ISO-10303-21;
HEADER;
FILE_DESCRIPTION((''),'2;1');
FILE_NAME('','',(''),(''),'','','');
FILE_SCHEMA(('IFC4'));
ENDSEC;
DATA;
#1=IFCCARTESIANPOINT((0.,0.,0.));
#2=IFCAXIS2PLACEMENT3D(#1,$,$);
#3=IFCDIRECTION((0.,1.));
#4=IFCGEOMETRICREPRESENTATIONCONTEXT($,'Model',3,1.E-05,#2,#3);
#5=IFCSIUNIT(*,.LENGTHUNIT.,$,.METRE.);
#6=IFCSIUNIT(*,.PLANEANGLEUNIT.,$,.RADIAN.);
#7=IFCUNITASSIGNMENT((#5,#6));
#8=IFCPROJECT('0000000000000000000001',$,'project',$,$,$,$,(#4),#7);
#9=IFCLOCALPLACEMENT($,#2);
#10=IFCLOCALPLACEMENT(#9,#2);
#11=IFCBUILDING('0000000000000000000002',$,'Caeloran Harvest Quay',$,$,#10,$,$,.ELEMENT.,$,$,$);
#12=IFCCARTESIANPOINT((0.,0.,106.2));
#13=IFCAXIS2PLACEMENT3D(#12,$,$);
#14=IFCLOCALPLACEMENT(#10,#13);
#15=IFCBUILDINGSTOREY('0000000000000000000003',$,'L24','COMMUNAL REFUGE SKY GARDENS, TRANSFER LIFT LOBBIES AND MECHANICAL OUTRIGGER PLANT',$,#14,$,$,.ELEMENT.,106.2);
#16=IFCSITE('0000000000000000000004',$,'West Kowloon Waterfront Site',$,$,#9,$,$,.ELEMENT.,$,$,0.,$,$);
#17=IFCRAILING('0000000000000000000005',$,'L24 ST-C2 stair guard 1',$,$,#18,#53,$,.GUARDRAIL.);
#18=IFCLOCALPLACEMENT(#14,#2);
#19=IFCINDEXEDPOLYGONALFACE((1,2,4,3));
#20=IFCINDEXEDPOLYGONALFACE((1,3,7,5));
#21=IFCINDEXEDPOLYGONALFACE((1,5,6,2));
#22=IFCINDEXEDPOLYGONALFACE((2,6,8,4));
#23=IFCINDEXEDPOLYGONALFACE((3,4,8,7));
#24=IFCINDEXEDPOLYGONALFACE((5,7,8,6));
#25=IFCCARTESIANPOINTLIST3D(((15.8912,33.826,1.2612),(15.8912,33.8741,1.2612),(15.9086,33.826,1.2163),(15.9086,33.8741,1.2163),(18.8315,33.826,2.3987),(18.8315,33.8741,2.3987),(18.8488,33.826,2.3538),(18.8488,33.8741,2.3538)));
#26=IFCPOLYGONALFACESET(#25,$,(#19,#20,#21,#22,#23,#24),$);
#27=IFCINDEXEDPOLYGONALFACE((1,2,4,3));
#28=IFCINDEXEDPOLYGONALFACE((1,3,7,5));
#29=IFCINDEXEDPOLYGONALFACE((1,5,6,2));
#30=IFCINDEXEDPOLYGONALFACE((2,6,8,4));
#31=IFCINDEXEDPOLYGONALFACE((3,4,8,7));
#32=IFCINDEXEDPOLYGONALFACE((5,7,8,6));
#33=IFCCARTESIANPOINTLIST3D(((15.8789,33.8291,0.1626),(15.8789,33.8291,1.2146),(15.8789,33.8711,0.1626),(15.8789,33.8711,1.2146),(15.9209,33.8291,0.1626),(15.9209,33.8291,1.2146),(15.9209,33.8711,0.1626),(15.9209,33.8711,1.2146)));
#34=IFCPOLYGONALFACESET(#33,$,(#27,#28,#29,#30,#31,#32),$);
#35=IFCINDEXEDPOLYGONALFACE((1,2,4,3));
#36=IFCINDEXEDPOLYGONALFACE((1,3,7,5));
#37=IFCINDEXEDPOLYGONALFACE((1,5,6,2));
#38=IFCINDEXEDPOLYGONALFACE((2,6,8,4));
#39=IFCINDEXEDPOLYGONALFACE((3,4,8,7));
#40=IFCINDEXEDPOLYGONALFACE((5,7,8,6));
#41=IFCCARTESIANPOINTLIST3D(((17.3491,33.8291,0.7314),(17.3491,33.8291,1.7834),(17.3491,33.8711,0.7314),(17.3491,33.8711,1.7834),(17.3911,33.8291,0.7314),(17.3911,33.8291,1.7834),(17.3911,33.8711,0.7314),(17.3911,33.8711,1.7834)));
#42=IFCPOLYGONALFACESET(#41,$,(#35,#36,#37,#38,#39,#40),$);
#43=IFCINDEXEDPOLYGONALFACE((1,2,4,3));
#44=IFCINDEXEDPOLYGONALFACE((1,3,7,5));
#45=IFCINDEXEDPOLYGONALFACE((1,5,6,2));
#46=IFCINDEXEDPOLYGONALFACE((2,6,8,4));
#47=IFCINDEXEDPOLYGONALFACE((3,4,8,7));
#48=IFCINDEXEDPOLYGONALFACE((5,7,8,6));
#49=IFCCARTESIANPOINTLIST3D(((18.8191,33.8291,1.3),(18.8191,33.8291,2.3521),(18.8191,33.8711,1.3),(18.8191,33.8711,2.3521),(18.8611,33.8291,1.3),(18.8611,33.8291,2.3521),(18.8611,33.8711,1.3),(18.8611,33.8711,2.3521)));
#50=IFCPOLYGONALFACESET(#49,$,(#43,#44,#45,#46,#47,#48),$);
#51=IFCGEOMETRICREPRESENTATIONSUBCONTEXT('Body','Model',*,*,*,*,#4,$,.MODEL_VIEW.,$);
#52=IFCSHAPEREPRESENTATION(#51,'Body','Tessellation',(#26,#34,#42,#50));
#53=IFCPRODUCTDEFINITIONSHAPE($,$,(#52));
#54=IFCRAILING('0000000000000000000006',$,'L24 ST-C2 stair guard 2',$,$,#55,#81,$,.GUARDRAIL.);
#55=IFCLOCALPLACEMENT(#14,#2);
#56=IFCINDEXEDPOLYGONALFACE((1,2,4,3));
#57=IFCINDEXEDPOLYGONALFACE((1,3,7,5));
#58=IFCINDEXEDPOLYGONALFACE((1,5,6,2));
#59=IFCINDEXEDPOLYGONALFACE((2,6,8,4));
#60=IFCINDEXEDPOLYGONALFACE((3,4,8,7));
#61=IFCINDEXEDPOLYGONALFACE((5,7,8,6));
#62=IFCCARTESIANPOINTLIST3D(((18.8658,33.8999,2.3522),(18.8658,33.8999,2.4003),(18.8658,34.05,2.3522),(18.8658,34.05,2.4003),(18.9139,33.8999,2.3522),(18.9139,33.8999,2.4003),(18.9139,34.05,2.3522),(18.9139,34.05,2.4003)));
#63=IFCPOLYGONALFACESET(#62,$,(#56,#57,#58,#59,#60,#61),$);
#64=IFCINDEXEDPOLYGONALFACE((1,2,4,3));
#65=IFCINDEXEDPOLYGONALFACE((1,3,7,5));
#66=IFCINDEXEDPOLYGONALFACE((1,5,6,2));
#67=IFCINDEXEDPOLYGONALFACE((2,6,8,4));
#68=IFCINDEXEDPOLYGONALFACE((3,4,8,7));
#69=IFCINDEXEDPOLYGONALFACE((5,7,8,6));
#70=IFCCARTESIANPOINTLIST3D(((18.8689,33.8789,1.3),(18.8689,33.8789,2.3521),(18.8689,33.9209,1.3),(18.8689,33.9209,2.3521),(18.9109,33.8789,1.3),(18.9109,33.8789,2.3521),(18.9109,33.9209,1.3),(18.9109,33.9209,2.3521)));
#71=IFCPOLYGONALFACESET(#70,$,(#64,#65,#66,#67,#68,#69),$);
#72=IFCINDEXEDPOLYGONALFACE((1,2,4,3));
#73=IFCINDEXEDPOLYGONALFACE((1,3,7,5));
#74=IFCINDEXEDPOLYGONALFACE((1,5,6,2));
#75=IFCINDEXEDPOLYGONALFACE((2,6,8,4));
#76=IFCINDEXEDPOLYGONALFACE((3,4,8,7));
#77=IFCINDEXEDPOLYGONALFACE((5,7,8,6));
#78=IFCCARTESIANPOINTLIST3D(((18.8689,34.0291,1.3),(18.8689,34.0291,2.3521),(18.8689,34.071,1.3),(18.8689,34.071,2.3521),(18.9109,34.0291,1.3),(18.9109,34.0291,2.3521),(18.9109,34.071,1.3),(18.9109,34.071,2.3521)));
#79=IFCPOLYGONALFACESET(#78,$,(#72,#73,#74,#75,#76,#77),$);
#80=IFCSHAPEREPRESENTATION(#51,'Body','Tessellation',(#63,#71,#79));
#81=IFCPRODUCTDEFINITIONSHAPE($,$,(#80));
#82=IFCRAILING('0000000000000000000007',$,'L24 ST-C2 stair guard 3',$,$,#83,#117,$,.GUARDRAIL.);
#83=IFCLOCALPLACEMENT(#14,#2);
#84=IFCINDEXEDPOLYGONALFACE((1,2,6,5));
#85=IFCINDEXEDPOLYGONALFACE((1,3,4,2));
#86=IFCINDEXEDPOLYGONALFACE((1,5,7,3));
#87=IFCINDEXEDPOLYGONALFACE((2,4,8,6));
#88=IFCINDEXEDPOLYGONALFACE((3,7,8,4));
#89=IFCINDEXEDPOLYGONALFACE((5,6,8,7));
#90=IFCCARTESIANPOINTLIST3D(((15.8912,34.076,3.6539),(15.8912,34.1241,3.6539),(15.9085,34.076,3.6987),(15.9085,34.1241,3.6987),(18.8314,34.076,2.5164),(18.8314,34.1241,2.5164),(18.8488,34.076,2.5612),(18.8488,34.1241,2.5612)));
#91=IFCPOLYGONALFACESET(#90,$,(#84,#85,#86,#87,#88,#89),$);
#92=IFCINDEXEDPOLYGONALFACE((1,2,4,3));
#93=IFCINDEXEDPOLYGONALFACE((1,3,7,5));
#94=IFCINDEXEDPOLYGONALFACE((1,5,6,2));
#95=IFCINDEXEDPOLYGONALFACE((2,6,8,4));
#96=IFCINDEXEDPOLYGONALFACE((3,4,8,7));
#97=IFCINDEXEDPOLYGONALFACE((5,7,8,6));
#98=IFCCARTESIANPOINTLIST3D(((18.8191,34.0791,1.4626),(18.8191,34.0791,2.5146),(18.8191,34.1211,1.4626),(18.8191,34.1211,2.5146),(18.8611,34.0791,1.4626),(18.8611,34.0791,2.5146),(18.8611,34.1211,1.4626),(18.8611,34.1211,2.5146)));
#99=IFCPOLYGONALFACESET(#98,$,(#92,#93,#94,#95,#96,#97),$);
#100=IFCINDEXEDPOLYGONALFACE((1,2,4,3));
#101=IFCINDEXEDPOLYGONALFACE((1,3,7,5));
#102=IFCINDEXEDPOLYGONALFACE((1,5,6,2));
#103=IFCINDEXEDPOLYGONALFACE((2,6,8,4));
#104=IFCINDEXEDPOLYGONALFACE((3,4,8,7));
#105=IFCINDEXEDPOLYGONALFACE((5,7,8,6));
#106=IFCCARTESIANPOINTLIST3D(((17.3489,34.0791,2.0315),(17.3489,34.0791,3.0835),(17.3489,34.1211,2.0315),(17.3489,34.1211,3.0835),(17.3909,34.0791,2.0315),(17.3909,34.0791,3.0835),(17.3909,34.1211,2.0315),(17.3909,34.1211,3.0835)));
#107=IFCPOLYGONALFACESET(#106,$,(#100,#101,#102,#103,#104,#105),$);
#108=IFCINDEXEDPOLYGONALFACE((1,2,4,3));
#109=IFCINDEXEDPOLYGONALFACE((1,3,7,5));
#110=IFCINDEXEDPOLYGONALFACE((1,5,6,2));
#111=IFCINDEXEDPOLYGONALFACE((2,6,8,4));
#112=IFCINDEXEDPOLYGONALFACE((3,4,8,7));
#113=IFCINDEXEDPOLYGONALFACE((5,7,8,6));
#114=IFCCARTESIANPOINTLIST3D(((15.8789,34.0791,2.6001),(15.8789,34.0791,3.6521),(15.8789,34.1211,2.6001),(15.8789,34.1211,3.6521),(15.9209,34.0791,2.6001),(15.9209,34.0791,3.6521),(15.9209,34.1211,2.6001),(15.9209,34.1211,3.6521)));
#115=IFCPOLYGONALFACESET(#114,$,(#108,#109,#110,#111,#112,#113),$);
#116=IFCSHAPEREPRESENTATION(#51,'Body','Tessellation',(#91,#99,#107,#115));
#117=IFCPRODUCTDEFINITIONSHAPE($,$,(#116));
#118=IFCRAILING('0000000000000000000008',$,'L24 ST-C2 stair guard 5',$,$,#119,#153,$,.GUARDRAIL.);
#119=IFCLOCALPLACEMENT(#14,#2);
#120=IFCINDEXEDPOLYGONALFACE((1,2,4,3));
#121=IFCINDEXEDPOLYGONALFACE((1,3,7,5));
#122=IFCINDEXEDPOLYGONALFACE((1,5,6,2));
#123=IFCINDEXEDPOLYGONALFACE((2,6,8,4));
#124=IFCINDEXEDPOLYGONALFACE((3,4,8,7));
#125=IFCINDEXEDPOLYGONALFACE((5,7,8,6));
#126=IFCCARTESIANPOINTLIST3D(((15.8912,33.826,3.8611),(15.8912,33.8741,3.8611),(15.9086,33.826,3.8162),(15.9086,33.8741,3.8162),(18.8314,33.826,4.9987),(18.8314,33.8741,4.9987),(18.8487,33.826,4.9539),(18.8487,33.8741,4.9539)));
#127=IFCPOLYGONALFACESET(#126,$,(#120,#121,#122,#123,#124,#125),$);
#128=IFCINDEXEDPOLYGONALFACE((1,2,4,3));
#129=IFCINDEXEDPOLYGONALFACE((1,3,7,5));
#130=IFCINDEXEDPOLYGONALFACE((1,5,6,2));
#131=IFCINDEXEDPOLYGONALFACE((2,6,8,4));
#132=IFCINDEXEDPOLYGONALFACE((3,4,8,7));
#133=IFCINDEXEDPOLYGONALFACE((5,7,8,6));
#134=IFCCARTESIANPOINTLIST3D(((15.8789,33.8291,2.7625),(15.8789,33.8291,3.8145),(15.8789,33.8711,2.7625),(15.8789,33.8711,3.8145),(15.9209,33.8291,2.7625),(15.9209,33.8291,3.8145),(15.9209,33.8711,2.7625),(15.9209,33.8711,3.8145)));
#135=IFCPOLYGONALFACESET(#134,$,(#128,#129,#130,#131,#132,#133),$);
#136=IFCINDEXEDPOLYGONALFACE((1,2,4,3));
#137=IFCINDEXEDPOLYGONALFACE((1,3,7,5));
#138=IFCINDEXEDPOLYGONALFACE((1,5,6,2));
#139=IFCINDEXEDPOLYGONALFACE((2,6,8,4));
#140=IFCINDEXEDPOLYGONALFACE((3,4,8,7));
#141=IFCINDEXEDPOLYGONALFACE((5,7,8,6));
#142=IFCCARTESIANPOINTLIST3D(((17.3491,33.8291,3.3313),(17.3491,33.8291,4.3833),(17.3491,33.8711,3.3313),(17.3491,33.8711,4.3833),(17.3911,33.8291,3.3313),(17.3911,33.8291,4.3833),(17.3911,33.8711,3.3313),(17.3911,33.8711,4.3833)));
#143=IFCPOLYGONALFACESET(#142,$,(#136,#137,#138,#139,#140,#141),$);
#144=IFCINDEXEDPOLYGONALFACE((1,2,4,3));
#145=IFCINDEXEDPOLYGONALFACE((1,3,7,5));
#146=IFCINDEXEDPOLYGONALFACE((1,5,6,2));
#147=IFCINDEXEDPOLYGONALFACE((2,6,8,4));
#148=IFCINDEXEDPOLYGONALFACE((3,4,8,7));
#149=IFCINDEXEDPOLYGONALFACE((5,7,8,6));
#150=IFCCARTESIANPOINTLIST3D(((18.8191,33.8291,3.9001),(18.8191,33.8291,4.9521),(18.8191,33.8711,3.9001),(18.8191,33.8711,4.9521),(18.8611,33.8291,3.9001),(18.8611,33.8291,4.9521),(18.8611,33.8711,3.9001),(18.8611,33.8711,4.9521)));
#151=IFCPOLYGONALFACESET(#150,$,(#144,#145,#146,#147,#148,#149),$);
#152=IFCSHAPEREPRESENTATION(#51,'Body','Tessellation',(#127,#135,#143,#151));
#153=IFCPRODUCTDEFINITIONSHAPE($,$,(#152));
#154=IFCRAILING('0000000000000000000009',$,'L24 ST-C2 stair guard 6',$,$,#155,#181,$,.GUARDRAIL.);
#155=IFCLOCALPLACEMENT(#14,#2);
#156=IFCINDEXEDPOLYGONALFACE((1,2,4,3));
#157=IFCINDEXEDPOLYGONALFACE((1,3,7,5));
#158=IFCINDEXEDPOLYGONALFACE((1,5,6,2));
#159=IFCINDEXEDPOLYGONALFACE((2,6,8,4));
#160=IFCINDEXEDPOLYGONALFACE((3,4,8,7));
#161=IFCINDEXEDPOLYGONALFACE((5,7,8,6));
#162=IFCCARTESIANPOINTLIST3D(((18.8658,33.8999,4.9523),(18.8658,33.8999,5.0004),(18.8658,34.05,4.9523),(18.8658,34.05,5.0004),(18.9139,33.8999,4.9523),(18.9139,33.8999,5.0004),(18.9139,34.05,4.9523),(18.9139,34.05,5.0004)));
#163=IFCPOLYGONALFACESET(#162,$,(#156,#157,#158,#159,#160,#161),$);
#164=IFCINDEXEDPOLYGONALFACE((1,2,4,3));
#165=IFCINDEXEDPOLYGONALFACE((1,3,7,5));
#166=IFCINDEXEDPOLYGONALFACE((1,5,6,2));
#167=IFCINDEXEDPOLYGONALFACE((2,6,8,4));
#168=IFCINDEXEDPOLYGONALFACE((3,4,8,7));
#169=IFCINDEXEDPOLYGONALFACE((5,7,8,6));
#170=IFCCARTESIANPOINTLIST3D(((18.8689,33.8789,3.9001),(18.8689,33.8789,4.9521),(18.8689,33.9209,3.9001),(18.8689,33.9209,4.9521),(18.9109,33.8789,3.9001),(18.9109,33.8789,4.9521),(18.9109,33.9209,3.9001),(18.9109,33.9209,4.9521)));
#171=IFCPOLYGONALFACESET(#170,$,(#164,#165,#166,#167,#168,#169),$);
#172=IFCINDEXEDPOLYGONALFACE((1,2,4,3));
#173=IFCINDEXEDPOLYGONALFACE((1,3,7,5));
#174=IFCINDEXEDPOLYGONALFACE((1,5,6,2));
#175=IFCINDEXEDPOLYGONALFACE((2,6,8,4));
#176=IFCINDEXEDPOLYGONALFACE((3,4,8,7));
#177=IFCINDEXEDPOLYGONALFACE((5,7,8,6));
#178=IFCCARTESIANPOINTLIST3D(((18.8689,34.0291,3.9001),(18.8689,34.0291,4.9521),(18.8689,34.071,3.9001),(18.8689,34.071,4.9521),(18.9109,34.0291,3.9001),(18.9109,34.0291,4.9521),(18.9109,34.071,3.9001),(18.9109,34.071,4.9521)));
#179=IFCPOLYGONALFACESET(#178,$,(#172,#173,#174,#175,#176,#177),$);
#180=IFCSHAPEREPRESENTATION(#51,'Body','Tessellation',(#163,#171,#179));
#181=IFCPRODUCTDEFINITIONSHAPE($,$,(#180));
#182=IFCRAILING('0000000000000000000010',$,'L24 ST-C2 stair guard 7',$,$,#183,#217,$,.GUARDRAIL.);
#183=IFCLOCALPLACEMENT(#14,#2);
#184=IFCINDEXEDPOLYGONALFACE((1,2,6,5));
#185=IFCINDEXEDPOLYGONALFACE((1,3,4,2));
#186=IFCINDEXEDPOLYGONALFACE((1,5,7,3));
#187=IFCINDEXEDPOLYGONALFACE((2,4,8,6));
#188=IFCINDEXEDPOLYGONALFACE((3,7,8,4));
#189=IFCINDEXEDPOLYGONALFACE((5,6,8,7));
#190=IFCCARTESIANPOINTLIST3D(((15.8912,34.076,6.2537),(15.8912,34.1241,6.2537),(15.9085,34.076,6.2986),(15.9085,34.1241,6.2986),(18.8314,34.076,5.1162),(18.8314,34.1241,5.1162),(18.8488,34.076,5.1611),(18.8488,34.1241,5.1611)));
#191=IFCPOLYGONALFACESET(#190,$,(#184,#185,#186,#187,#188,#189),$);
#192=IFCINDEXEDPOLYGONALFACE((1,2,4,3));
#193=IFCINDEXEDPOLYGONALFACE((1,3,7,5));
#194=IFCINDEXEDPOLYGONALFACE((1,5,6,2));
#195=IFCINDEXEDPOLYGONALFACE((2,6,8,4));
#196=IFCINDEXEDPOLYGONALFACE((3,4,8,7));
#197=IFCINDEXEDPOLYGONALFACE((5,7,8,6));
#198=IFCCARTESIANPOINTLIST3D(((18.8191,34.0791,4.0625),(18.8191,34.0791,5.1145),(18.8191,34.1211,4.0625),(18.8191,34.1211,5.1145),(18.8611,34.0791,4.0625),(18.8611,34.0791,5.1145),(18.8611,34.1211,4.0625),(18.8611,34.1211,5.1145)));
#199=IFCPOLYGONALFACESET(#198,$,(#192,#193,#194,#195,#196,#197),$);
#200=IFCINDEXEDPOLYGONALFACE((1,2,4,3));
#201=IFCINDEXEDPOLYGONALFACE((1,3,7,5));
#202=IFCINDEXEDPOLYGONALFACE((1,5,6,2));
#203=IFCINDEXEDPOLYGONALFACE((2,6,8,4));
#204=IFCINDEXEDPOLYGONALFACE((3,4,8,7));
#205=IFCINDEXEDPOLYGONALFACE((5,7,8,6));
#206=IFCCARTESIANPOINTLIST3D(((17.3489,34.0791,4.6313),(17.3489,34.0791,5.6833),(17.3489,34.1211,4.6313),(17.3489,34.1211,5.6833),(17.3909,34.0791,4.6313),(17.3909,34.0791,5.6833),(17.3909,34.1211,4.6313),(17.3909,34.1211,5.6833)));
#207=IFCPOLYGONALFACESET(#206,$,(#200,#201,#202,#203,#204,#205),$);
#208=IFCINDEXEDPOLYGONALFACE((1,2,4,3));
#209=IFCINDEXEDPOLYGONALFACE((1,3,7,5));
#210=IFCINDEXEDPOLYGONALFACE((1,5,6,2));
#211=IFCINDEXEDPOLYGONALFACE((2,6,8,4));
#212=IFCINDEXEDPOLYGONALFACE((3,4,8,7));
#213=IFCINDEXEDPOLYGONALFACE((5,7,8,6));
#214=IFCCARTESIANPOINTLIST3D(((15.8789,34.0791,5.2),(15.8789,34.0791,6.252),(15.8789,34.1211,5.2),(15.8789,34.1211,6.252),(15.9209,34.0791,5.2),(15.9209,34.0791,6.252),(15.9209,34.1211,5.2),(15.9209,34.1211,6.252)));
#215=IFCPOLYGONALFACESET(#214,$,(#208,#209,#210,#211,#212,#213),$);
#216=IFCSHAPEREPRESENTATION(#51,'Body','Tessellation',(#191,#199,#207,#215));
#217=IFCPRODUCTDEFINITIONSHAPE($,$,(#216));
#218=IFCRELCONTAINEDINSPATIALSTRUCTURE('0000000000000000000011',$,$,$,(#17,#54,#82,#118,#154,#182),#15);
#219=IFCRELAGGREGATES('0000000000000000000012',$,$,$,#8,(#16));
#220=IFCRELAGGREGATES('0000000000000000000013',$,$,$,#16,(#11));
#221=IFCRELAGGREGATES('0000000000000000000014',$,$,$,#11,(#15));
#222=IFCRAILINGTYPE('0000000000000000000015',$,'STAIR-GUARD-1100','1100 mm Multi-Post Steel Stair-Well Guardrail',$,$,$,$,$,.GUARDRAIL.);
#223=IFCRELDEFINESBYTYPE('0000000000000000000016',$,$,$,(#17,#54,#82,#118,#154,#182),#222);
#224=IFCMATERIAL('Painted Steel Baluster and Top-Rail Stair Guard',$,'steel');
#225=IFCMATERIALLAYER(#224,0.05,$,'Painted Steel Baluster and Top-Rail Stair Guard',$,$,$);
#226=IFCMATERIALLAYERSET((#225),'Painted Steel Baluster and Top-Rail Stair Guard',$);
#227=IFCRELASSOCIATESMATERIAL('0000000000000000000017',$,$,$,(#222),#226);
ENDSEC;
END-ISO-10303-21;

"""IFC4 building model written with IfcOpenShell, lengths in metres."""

from ifc_helpers import new_model, si_unit, direction, frame, origin, origin_2d, place, context, subcontext, project, spatial, rectangle, extrude, material, layer, layer_set, type_object, element, save


model = new_model("IFC4")

# Units and contexts
model_context = context("Model", 3, precision=1e-05, world=origin(), true_north=direction((0.0, 1.0)))
body_context = subcontext(model_context, "Body", "Model", "MODEL_VIEW")
ifc_project = project(units=[si_unit("LENGTHUNIT", "METRE"), si_unit("PLANEANGLEUNIT", "RADIAN")], contexts=[model_context])

# Site, building, storey
site_placement = place(None, origin())
site = spatial("IfcSite", under=ifc_project, at=site_placement, Name="West Kowloon Waterfront Site", CompositionType="ELEMENT", RefElevation=0.0)
building_placement = place(site_placement, origin())
building = spatial("IfcBuilding", under=site, at=building_placement, Name="Caeloran Harvest Quay", CompositionType="ELEMENT")
storey_placement = place(building_placement, frame((0.0, 0.0, 106.2)))
storey = spatial("IfcBuildingStorey", under=building, at=storey_placement, Name="L24", Description="COMMUNAL REFUGE SKY GARDENS, TRANSFER LIFT LOBBIES AND MECHANICAL OUTRIGGER PLANT", CompositionType="ELEMENT", Elevation=106.2)

# Railings
ifc_material_1 = material(Name="Painted Steel Baluster and Top-Rail Stair Guard", Category="steel")
ifc_layer_1 = layer(ifc_material_1, 0.05, Name="Painted Steel Baluster and Top-Rail Stair Guard")
ifc_layer_set_1 = layer_set([ifc_layer_1], Name="Painted Steel Baluster and Top-Rail Stair Guard")
railing_type_1 = type_object("IfcRailingType", Name="STAIR-GUARD-1100", Description="1100 mm Multi-Post Steel Stair-Well Guardrail", PredefinedType="GUARDRAIL", material=ifc_layer_set_1)
railing_1_placement = place(storey_placement, frame((15.8999, 33.8501, 0.1626)))
element("IfcRailing", 1, at=railing_1_placement, inside=storey, type_object=railing_type_1, Name="L24 ST-C2 stair guard 1", PredefinedType="GUARDRAIL", context=body_context, shape_type="SweptSolid", body=[
    extrude(rectangle(XDim=0.0481, YDim=0.0481, at=origin_2d()), frame((0.0, 0.0, 1.0762), z_axis=(0.932641, 0.0, 0.360805), x_axis=(0.0, 1.0, 0.0)), (0.0, 0.0, 1.0), 3.1526),
    extrude(rectangle(XDim=0.042, YDim=0.042, at=origin_2d()), origin(), (0.0, 0.0, 1.0), 1.052),
    extrude(rectangle(XDim=0.042, YDim=0.042, at=origin_2d()), frame((1.4702, 0.0, 0.5688)), (0.0, 0.0, 1.0), 1.052),
    extrude(rectangle(XDim=0.042, YDim=0.042, at=origin_2d()), frame((2.9402, 0.0, 1.1375)), (0.0, 0.0, 1.0), 1.052),
])
railing_2_placement = place(storey_placement, frame((18.8899, 33.8999, 1.3)))
element("IfcRailing", 2, at=railing_2_placement, inside=storey, type_object=railing_type_1, Name="L24 ST-C2 stair guard 2", PredefinedType="GUARDRAIL", context=body_context, shape_type="SweptSolid", body=[
    extrude(rectangle(XDim=0.0481, YDim=0.0481, at=origin_2d()), frame((0.0, 0.0, 1.0762), z_axis=(0.0, 1.0, 0.0), x_axis=(-1.0, 0.0, 0.0)), (0.0, 0.0, 1.0), 0.1501),
    extrude(rectangle(XDim=0.042, YDim=0.042, at=origin_2d()), origin(), (0.0, 0.0, 1.0), 1.052),
    extrude(rectangle(XDim=0.042, YDim=0.042, at=origin_2d()), frame((0.0, 0.1501, 0.0)), (0.0, 0.0, 1.0), 1.052),
])
railing_3_placement = place(storey_placement, frame((18.8401, 34.1001, 1.4626)))
element("IfcRailing", 3, at=railing_3_placement, inside=storey, type_object=railing_type_1, Name="L24 ST-C2 stair guard 3", PredefinedType="GUARDRAIL", context=body_context, shape_type="SweptSolid", body=[
    extrude(rectangle(XDim=0.0481, YDim=0.0481, at=origin_2d()), frame((0.0, 0.0, 1.0762), z_axis=(-0.932641, 0.0, 0.360805), x_axis=(0.0, -1.0, 0.0)), (0.0, 0.0, 1.0), 3.1526),
    extrude(rectangle(XDim=0.042, YDim=0.042, at=origin_2d()), origin(), (0.0, 0.0, 1.0), 1.052),
    extrude(rectangle(XDim=0.042, YDim=0.042, at=origin_2d()), frame((-1.4702, 0.0, 0.5688)), (0.0, 0.0, 1.0), 1.052),
    extrude(rectangle(XDim=0.042, YDim=0.042, at=origin_2d()), frame((-2.9402, 0.0, 1.1375)), (0.0, 0.0, 1.0), 1.052),
])
railing_4_placement = place(storey_placement, frame((15.8999, 33.8501, 2.7625)))
element("IfcRailing", 4, at=railing_4_placement, inside=storey, type_object=railing_type_1, Name="L24 ST-C2 stair guard 5", PredefinedType="GUARDRAIL", context=body_context, shape_type="SweptSolid", body=[
    extrude(rectangle(XDim=0.0481, YDim=0.0481, at=origin_2d()), frame((0.0, 0.0, 1.0762), z_axis=(0.932615, 0.0, 0.360872), x_axis=(0.0, 1.0, 0.0)), (0.0, 0.0, 1.0), 3.1526),
    extrude(rectangle(XDim=0.042, YDim=0.042, at=origin_2d()), origin(), (0.0, 0.0, 1.0), 1.052),
    extrude(rectangle(XDim=0.042, YDim=0.042, at=origin_2d()), frame((1.4702, 0.0, 0.5688)), (0.0, 0.0, 1.0), 1.052),
    extrude(rectangle(XDim=0.042, YDim=0.042, at=origin_2d()), frame((2.9402, 0.0, 1.1377)), (0.0, 0.0, 1.0), 1.052),
])
railing_5_placement = place(storey_placement, frame((18.8899, 33.8999, 3.9001)))
element("IfcRailing", 5, at=railing_5_placement, inside=storey, type_object=railing_type_1, Name="L24 ST-C2 stair guard 6", PredefinedType="GUARDRAIL", context=body_context, shape_type="SweptSolid", body=[
    extrude(rectangle(XDim=0.0481, YDim=0.0481, at=origin_2d()), frame((0.0, 0.0, 1.0762), z_axis=(0.0, 1.0, 0.0), x_axis=(-1.0, 0.0, 0.0)), (0.0, 0.0, 1.0), 0.1501),
    extrude(rectangle(XDim=0.042, YDim=0.042, at=origin_2d()), origin(), (0.0, 0.0, 1.0), 1.052),
    extrude(rectangle(XDim=0.042, YDim=0.042, at=origin_2d()), frame((0.0, 0.1501, 0.0)), (0.0, 0.0, 1.0), 1.052),
])
railing_6_placement = place(storey_placement, frame((18.8401, 34.1001, 4.0625)))
element("IfcRailing", 6, at=railing_6_placement, inside=storey, type_object=railing_type_1, Name="L24 ST-C2 stair guard 7", PredefinedType="GUARDRAIL", context=body_context, shape_type="SweptSolid", body=[
    extrude(rectangle(XDim=0.0481, YDim=0.0481, at=origin_2d()), frame((0.0, 0.0, 1.0762), z_axis=(-0.932641, 0.0, 0.360805), x_axis=(0.0, -1.0, 0.0)), (0.0, 0.0, 1.0), 3.1526),
    extrude(rectangle(XDim=0.042, YDim=0.042, at=origin_2d()), origin(), (0.0, 0.0, 1.0), 1.052),
    extrude(rectangle(XDim=0.042, YDim=0.042, at=origin_2d()), frame((-1.4702, 0.0, 0.5688)), (0.0, 0.0, 1.0), 1.052),
    extrude(rectangle(XDim=0.042, YDim=0.042, at=origin_2d()), frame((-2.9402, 0.0, 1.1375)), (0.0, 0.0, 1.0), 1.052),
])

save(model, "model.ifc")
